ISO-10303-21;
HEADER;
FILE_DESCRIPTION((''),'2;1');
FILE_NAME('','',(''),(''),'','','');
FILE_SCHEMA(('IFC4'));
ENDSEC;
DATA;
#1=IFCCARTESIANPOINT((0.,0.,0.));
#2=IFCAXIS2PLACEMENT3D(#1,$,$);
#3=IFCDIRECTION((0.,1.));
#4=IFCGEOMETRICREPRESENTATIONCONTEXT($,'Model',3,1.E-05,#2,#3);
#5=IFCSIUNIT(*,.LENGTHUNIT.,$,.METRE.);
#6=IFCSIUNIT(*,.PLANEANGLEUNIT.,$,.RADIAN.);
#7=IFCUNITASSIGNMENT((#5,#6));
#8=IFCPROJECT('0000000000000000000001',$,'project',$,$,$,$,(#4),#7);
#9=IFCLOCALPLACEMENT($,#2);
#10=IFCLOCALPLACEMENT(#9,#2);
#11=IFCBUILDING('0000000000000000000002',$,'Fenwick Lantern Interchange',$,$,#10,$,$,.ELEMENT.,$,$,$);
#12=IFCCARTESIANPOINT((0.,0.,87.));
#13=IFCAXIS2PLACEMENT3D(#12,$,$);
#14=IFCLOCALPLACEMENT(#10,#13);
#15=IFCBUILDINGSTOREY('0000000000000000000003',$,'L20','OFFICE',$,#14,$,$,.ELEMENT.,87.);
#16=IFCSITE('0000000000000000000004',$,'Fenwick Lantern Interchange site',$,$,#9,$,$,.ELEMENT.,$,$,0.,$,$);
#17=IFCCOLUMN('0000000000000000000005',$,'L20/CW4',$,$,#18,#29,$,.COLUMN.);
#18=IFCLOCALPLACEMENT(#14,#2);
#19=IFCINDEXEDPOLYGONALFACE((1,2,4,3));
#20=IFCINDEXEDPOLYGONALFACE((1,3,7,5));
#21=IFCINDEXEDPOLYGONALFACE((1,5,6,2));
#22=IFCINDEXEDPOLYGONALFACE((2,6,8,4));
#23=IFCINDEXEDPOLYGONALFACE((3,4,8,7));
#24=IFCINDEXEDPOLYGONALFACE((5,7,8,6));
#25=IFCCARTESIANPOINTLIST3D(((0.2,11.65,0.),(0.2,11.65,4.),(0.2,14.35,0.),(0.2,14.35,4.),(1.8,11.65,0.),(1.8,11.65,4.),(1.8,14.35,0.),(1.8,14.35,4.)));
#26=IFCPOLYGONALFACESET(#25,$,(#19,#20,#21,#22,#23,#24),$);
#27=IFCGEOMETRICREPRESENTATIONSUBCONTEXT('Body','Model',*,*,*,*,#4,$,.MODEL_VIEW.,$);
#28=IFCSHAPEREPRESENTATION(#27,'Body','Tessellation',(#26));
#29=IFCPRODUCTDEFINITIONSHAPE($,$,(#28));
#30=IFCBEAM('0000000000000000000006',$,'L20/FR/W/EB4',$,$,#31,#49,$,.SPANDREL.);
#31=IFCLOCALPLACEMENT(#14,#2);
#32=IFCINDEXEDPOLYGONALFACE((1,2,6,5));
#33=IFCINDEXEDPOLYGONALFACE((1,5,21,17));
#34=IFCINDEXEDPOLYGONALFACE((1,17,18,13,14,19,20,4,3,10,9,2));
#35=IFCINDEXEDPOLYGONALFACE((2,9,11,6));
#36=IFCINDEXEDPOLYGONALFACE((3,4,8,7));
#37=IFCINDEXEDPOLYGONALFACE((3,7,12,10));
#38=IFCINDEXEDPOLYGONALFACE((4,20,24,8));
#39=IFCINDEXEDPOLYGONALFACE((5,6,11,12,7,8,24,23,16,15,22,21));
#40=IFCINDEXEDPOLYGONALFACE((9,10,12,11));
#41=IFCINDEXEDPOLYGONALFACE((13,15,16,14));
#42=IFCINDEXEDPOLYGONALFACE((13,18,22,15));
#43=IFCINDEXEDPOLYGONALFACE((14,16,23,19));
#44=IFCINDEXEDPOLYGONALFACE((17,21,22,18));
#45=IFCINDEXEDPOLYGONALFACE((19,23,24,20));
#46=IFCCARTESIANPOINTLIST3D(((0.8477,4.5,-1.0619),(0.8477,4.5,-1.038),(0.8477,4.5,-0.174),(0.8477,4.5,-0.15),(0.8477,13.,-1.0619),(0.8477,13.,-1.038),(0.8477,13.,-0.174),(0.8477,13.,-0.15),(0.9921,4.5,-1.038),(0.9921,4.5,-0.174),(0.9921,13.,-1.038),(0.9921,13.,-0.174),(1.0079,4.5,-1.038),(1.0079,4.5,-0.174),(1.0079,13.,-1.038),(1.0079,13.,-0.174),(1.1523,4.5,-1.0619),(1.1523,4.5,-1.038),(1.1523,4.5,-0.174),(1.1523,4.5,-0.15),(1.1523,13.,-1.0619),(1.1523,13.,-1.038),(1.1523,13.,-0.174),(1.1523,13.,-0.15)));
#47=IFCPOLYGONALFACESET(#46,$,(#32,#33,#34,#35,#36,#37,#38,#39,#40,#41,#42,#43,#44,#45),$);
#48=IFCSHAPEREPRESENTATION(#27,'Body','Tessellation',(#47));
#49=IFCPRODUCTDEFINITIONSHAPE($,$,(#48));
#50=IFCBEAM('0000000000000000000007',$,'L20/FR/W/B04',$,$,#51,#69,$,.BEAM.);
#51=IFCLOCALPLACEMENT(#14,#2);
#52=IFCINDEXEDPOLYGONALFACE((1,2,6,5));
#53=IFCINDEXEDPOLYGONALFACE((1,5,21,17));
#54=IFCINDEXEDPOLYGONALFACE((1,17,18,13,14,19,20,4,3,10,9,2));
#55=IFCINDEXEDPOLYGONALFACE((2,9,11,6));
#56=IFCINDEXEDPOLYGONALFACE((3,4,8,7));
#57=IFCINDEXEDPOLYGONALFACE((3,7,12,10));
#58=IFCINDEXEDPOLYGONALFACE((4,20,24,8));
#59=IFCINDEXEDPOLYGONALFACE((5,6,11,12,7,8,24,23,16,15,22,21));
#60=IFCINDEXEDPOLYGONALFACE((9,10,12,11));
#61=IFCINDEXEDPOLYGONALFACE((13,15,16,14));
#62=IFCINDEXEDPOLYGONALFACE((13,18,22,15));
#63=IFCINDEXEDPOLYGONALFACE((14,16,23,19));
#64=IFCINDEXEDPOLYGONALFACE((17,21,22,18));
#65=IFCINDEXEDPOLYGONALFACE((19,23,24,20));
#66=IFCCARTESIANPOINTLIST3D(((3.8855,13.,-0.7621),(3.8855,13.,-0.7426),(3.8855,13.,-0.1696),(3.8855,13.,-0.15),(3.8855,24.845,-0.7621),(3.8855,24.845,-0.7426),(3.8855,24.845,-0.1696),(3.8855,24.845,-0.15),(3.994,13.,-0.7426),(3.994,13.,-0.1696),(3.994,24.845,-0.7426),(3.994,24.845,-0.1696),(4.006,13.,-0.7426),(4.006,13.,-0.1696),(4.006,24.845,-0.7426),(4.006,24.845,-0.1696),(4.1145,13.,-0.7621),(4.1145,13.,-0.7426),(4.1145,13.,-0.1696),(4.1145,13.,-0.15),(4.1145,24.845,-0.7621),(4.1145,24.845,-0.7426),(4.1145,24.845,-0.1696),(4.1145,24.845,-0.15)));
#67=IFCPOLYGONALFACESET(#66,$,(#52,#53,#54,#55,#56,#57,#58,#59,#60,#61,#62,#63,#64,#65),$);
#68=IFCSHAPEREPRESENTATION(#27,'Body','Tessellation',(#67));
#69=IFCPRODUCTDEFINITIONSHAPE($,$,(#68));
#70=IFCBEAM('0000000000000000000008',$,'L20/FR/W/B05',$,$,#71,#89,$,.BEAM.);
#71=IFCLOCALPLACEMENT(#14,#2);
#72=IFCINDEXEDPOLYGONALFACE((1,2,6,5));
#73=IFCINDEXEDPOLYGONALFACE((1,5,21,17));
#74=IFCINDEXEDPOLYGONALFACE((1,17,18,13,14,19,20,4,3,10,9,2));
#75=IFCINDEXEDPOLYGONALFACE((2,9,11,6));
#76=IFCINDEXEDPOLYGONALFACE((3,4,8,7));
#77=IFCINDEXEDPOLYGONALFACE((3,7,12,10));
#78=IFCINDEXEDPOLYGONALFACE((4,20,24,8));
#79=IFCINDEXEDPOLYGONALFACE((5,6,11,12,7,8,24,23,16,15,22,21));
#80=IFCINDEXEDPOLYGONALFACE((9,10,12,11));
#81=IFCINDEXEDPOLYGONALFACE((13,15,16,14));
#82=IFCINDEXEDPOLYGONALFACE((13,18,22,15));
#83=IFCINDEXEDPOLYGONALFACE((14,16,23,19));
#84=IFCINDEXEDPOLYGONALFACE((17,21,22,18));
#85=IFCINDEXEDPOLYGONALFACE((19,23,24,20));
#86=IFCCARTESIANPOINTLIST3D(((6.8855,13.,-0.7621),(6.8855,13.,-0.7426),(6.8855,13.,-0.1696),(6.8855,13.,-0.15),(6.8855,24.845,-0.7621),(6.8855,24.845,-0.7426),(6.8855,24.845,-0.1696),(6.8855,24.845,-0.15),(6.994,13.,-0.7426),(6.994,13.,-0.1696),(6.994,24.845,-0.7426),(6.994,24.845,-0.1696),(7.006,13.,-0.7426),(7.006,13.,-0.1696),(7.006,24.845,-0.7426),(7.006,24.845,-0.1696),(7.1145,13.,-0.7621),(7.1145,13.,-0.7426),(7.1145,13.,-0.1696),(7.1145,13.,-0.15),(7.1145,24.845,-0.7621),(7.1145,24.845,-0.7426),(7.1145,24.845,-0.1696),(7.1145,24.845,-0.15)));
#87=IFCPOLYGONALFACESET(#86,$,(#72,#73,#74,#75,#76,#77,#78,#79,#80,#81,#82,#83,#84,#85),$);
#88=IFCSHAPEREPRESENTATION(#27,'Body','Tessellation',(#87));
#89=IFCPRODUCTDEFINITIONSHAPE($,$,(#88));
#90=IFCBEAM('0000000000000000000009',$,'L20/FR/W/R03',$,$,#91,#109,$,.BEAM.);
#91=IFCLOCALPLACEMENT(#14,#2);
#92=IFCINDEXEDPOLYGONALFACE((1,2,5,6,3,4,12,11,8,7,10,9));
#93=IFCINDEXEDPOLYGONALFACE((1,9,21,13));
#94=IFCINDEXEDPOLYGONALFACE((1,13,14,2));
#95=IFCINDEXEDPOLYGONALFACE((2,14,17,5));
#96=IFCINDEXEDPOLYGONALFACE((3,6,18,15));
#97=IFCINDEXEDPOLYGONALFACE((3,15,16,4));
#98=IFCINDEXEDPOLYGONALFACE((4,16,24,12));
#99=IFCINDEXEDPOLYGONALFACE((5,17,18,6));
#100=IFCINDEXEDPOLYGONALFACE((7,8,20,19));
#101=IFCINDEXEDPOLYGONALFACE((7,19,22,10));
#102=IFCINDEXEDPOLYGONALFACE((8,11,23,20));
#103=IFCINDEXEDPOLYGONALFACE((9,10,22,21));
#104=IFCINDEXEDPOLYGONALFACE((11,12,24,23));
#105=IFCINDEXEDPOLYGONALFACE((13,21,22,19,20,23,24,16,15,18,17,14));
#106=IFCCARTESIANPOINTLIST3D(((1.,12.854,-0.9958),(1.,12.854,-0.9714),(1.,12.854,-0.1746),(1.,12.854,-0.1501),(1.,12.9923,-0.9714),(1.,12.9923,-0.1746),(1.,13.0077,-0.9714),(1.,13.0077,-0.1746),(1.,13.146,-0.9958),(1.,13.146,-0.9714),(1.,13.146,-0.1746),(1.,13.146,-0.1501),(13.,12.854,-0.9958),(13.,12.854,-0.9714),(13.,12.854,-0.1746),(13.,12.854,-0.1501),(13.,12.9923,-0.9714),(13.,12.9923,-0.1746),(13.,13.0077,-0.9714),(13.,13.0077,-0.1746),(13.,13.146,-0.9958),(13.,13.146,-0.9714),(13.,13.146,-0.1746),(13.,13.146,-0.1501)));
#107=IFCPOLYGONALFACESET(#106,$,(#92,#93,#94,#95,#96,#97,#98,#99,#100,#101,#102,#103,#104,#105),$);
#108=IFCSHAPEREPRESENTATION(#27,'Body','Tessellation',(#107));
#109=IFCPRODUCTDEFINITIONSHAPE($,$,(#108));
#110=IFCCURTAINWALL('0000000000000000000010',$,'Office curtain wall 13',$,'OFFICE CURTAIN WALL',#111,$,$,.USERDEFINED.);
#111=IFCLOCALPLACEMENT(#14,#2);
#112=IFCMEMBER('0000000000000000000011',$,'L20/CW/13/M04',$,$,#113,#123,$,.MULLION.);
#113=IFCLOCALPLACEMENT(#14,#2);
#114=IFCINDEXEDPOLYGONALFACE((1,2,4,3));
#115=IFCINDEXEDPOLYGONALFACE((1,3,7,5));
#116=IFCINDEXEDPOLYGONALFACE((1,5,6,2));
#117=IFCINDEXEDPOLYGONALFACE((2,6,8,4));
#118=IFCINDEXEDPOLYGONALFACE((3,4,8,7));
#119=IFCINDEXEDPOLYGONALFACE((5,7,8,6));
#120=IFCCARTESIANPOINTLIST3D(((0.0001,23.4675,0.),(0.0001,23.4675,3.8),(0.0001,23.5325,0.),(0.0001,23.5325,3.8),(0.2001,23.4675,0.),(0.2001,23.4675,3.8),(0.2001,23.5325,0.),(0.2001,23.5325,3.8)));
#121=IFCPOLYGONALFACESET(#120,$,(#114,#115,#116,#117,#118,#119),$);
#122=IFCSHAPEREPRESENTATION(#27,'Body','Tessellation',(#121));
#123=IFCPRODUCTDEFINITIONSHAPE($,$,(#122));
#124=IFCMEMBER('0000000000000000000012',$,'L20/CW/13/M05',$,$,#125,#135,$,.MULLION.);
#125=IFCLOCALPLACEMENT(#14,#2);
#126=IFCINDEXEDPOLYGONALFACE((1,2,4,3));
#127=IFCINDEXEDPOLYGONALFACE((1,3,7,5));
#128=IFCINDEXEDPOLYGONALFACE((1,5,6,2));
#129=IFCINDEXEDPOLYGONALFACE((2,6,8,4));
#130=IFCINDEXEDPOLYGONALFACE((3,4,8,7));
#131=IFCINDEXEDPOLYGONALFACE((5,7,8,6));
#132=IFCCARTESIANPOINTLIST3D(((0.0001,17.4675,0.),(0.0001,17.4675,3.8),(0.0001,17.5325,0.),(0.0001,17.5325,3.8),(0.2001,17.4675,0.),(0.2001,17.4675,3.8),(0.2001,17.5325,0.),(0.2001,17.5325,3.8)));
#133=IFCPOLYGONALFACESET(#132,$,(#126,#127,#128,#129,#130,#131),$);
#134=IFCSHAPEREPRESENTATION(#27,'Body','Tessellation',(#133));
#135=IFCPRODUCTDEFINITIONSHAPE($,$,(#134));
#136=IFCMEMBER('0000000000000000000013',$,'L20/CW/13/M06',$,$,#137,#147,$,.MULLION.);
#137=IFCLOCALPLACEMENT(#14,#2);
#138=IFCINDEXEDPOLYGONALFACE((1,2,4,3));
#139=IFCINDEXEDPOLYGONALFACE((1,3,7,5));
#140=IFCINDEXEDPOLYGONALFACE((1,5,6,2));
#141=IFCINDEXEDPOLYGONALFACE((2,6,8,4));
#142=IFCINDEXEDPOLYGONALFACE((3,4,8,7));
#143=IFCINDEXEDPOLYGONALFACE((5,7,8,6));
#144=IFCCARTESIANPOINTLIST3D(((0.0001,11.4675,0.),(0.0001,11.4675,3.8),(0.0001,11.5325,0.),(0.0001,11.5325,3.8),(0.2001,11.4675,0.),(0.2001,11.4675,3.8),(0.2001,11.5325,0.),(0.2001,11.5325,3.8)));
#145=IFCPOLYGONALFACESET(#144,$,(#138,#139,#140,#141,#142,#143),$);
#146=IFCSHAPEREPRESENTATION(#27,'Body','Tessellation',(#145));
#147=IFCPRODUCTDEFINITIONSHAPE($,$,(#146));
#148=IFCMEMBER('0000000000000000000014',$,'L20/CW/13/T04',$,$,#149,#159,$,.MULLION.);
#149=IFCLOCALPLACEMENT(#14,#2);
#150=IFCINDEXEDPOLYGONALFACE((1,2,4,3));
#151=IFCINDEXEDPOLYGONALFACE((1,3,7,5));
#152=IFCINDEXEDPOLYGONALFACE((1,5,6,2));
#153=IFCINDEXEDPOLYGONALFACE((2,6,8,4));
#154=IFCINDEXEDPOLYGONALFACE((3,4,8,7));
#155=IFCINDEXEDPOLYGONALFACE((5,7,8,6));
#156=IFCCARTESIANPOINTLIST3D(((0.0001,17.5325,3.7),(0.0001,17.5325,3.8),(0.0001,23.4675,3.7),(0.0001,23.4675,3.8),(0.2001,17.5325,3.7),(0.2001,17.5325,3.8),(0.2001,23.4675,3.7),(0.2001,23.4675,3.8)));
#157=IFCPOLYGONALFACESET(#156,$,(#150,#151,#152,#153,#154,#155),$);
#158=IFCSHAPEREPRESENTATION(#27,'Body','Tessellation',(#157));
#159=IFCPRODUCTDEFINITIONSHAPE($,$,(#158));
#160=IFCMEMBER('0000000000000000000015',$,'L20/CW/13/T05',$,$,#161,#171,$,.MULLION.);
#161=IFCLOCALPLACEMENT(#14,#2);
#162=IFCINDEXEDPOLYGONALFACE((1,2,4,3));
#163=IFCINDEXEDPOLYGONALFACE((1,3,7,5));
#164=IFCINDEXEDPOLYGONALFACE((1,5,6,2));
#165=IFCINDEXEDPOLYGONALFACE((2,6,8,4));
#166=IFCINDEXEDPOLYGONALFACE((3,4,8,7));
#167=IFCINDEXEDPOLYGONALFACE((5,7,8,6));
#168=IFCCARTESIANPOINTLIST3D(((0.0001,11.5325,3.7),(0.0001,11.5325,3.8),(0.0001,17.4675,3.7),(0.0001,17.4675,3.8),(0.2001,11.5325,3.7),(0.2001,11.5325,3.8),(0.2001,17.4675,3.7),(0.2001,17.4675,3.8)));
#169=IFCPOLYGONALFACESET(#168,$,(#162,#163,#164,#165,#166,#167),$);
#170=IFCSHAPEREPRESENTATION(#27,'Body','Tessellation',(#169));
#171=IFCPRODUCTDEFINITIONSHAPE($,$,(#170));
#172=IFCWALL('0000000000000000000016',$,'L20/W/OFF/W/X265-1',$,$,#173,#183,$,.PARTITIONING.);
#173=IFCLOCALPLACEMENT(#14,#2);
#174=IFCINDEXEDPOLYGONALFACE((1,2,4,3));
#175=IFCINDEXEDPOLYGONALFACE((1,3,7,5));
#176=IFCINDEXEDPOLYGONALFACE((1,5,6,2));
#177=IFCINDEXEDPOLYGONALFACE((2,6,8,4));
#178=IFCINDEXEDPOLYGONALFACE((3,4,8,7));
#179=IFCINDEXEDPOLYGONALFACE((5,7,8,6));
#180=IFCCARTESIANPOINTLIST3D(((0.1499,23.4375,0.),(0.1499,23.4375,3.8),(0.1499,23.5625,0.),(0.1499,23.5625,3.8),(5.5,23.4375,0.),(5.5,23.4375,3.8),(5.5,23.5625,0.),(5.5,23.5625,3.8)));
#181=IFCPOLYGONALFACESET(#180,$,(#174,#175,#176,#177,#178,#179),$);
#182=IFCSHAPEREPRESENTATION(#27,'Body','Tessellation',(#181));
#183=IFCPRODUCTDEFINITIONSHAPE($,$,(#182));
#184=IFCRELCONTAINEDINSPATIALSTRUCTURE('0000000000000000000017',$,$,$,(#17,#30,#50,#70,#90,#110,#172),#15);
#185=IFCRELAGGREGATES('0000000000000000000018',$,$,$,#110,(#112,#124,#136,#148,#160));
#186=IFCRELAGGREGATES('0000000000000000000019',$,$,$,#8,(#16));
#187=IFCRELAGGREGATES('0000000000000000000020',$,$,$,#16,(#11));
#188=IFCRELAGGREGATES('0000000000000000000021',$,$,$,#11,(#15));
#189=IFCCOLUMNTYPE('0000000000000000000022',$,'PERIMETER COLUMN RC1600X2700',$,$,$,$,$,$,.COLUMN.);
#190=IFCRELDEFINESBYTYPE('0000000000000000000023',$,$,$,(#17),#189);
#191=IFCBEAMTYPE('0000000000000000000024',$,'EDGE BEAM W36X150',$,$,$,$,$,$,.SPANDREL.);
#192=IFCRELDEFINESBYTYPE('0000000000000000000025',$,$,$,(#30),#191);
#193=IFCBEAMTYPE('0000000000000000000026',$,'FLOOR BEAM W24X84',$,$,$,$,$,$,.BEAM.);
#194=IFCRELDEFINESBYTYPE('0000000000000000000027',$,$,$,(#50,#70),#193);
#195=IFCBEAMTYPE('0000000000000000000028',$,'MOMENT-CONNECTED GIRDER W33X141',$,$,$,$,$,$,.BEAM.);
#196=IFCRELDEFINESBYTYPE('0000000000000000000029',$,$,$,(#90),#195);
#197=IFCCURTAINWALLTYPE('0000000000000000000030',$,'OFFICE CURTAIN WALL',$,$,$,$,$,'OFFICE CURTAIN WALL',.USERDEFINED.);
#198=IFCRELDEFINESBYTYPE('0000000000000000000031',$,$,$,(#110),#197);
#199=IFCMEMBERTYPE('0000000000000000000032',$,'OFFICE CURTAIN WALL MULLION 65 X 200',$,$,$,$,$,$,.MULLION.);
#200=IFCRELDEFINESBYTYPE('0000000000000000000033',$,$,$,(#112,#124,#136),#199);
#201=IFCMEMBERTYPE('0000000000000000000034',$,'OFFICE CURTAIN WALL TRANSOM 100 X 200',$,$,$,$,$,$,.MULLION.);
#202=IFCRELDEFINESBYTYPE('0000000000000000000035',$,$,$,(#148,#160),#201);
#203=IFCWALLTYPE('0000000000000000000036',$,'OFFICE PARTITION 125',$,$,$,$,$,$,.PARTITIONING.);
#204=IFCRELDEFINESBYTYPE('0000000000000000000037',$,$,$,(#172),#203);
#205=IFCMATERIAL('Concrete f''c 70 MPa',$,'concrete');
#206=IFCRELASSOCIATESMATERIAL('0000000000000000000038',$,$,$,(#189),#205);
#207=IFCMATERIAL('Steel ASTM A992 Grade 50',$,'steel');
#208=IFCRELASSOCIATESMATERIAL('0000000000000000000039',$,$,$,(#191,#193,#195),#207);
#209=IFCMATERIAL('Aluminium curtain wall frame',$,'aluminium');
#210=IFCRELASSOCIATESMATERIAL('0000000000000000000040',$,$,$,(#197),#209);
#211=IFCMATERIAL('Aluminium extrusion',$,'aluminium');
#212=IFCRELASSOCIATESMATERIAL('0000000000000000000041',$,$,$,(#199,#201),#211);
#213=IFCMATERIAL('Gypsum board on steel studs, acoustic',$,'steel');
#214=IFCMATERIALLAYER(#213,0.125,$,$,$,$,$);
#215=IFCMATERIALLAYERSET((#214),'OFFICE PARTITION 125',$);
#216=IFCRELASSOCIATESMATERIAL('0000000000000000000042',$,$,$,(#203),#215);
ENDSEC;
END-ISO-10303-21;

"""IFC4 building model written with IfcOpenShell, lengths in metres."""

from ifc_helpers import new_model, si_unit, direction, frame, frame_2d, origin, origin_2d, place, context, subcontext, project, spatial, rectangle, i_section, extrude, material, layer, layer_set, material_profile, profile_set, type_object, element, aggregate, save


model = new_model("IFC4")

# Units and contexts
model_context = context("Model", 3, precision=1e-05, world=origin(), true_north=direction((0.0, 1.0)))
body_context = subcontext(model_context, "Body", "Model", "MODEL_VIEW")
ifc_project = project(units=[si_unit("LENGTHUNIT", "METRE"), si_unit("PLANEANGLEUNIT", "RADIAN")], contexts=[model_context])

# Site, building, storey
site_placement = place(None, origin())
site = spatial("IfcSite", under=ifc_project, at=site_placement, Name="Fenwick Lantern Interchange site", CompositionType="ELEMENT", RefElevation=0.0)
building_placement = place(site_placement, origin())
building = spatial("IfcBuilding", under=site, at=building_placement, Name="Fenwick Lantern Interchange", CompositionType="ELEMENT")
storey_placement = place(building_placement, frame((0.0, 0.0, 87.0)))
storey = spatial("IfcBuildingStorey", under=building, at=storey_placement, Name="L20", Description="OFFICE", CompositionType="ELEMENT", Elevation=87.0)

# Column
ifc_material_1 = material(Name="Concrete f'c 70 MPa", Category="concrete")
ifc_material_profile_1 = material_profile(ifc_material_1, rectangle(XDim=1.6001, YDim=2.7, at=origin_2d()), Name="RC1600X2700")
ifc_profile_set_1 = profile_set([ifc_material_profile_1], Name="Concrete f'c 70 MPa")
column_type = type_object("IfcColumnType", Name="PERIMETER COLUMN RC1600X2700", PredefinedType="COLUMN", material=ifc_profile_set_1)
column_placement = place(storey_placement, frame((1.0, 13.0, 0.0), z_axis=(0.0, 0.0, 1.0), x_axis=(1.0, 0.0, 0.0)))
element("IfcColumn", 1, at=column_placement, inside=storey, type_object=column_type, Name="L20/CW4", PredefinedType="COLUMN", context=body_context, shape_type="SweptSolid", body=[
    extrude(rectangle(XDim=1.6001, YDim=2.7, at=origin_2d()), origin(), (0.0, 0.0, 1.0), 4.0),
])

# Beams
ifc_material_2 = material(Name="Steel ASTM A992 Grade 50", Category="steel")
ifc_material_profile_2 = material_profile(ifc_material_2, i_section(OverallWidth=0.3047, OverallDepth=0.9119, WebThickness=0.0159, FlangeThickness=0.0239, at=origin_2d()), Name="W36X150")
ifc_profile_set_2 = profile_set([ifc_material_profile_2], Name="Steel ASTM A992 Grade 50")
beam_type_1 = type_object("IfcBeamType", Name="EDGE BEAM W36X150", PredefinedType="SPANDREL", material=ifc_profile_set_2)
beam_1_placement = place(storey_placement, frame((1.0, 13.0, -0.606), z_axis=(0.0, -1.0, 0.0), x_axis=(1.0, 0.0, 0.0)))
element("IfcBeam", 2, at=beam_1_placement, inside=storey, type_object=beam_type_1, Name="L20/FR/W/EB4", PredefinedType="SPANDREL", context=body_context, shape_type="SweptSolid", body=[
    extrude(i_section(OverallWidth=0.3047, OverallDepth=0.9119, WebThickness=0.0159, FlangeThickness=0.0239, at=origin_2d()), origin(), (0.0, 0.0, 1.0), 8.5),
])
ifc_material_profile_3 = material_profile(ifc_material_2, i_section(OverallWidth=0.229, OverallDepth=0.6121, WebThickness=0.012, FlangeThickness=0.0195, at=origin_2d()), Name="W24X84")
ifc_profile_set_3 = profile_set([ifc_material_profile_3], Name="Steel ASTM A992 Grade 50")
beam_type_2 = type_object("IfcBeamType", Name="FLOOR BEAM W24X84", PredefinedType="BEAM", material=ifc_profile_set_3)
for number, where, z_axis, x_axis, name in (
    (3, (4.0, 24.845, -0.4561), (0.0, -1.0, 0.0), (1.0, 0.0, 0.0), "L20/FR/W/B04"),
    (4, (7.0, 24.845, -0.4561), (0.0, -1.0, 0.0), (1.0, 0.0, 0.0), "L20/FR/W/B05"),
):
    element("IfcBeam", number, at=place(storey_placement, frame(where, z_axis=z_axis, x_axis=x_axis)), inside=storey, type_object=beam_type_2, Name=name, PredefinedType="BEAM", context=body_context, shape_type="SweptSolid", body=[
        extrude(i_section(OverallWidth=0.229, OverallDepth=0.6121, WebThickness=0.012, FlangeThickness=0.0195, at=origin_2d()), origin(), (0.0, 0.0, 1.0), 11.845),
    ])
ifc_material_profile_4 = material_profile(ifc_material_2, i_section(OverallWidth=0.292, OverallDepth=0.8457, WebThickness=0.0154, FlangeThickness=0.0244, at=origin_2d()), Name="W33X141")
ifc_profile_set_4 = profile_set([ifc_material_profile_4], Name="Steel ASTM A992 Grade 50")
beam_type_3 = type_object("IfcBeamType", Name="MOMENT-CONNECTED GIRDER W33X141", PredefinedType="BEAM", material=ifc_profile_set_4)
beam_2_placement = place(storey_placement, frame((1.0, 13.0, -0.573), z_axis=(1.0, 0.0, 0.0), x_axis=(0.0, 1.0, 0.0)))
element("IfcBeam", 5, at=beam_2_placement, inside=storey, type_object=beam_type_3, Name="L20/FR/W/R03", PredefinedType="BEAM", context=body_context, shape_type="SweptSolid", body=[
    extrude(i_section(OverallWidth=0.292, OverallDepth=0.8457, WebThickness=0.0154, FlangeThickness=0.0244, at=origin_2d()), origin(), (0.0, 0.0, 1.0), 12.0),
])

# Curtain wall, members
ifc_material_3 = material(Name="Aluminium curtain wall frame", Category="aluminium")
curtain_wall_type = type_object("IfcCurtainWallType", Name="OFFICE CURTAIN WALL", ElementType="OFFICE CURTAIN WALL", PredefinedType="USERDEFINED", material=ifc_material_3)
curtain_wall_placement = place(storey_placement, origin())
curtain_wall = element("IfcCurtainWall", 6, at=curtain_wall_placement, inside=storey, type_object=curtain_wall_type, Name="Office curtain wall 13", ObjectType="OFFICE CURTAIN WALL", PredefinedType="USERDEFINED")
ifc_material_4 = material(Name="Aluminium extrusion", Category="aluminium")
ifc_material_profile_5 = material_profile(ifc_material_4, rectangle(XDim=0.2, YDim=0.0649, at=origin_2d()), Name="OFFICE CURTAIN WALL MULLION 65 X 200")
ifc_profile_set_5 = profile_set([ifc_material_profile_5], Name="Aluminium extrusion")
member_type_1 = type_object("IfcMemberType", Name="OFFICE CURTAIN WALL MULLION 65 X 200", PredefinedType="MULLION", material=ifc_profile_set_5)
member_1_placement = place(storey_placement, frame((0.1001, 23.5, 0.0), z_axis=(0.0, 0.0, 1.0), x_axis=(1.0, 0.0, 0.0)))
member_1 = element("IfcMember", 7, at=member_1_placement, type_object=member_type_1, Name="L20/CW/13/M04", PredefinedType="MULLION", context=body_context, shape_type="SweptSolid", body=[
    extrude(rectangle(XDim=0.2, YDim=0.0649, at=origin_2d()), origin(), (0.0, 0.0, 1.0), 3.8),
])
member_2_placement = place(storey_placement, frame((0.1001, 17.5, 0.0), z_axis=(0.0, 0.0, 1.0), x_axis=(1.0, 0.0, 0.0)))
member_2 = element("IfcMember", 8, at=member_2_placement, type_object=member_type_1, Name="L20/CW/13/M05", PredefinedType="MULLION", context=body_context, shape_type="SweptSolid", body=[
    extrude(rectangle(XDim=0.2, YDim=0.0649, at=origin_2d()), origin(), (0.0, 0.0, 1.0), 3.8),
])
member_3_placement = place(storey_placement, frame((0.1001, 11.5, 0.0), z_axis=(0.0, 0.0, 1.0), x_axis=(1.0, 0.0, 0.0)))
member_3 = element("IfcMember", 9, at=member_3_placement, type_object=member_type_1, Name="L20/CW/13/M06", PredefinedType="MULLION", context=body_context, shape_type="SweptSolid", body=[
    extrude(rectangle(XDim=0.2, YDim=0.0649, at=origin_2d()), origin(), (0.0, 0.0, 1.0), 3.8),
])
ifc_material_profile_6 = material_profile(ifc_material_4, rectangle(XDim=0.2, YDim=0.1001, at=origin_2d()), Name="OFFICE CURTAIN WALL TRANSOM 100 X 200")
ifc_profile_set_6 = profile_set([ifc_material_profile_6], Name="Aluminium extrusion")
member_type_2 = type_object("IfcMemberType", Name="OFFICE CURTAIN WALL TRANSOM 100 X 200", PredefinedType="MULLION", material=ifc_profile_set_6)
member_4_placement = place(storey_placement, frame((0.1001, 23.4675, 3.75), z_axis=(0.0, -1.0, 0.0), x_axis=(1.0, 0.0, 0.0)))
member_4 = element("IfcMember", 10, at=member_4_placement, type_object=member_type_2, Name="L20/CW/13/T04", PredefinedType="MULLION", context=body_context, shape_type="SweptSolid", body=[
    extrude(rectangle(XDim=0.2, YDim=0.1001, at=origin_2d()), origin(), (0.0, 0.0, 1.0), 5.9351),
])
member_5_placement = place(storey_placement, frame((0.1001, 17.4675, 3.75), z_axis=(0.0, -1.0, 0.0), x_axis=(1.0, 0.0, 0.0)))
member_5 = element("IfcMember", 11, at=member_5_placement, type_object=member_type_2, Name="L20/CW/13/T05", PredefinedType="MULLION", context=body_context, shape_type="SweptSolid", body=[
    extrude(rectangle(XDim=0.2, YDim=0.1001, at=origin_2d()), origin(), (0.0, 0.0, 1.0), 5.9351),
])
aggregate(curtain_wall, [member_1, member_2, member_3, member_4, member_5])

# Wall
ifc_material_5 = material(Name="Gypsum board on steel studs, acoustic", Category="steel")
ifc_layer_1 = layer(ifc_material_5, 0.125)
ifc_layer_set_1 = layer_set([ifc_layer_1], Name="OFFICE PARTITION 125")
wall_type_1 = type_object("IfcWallType", Name="OFFICE PARTITION 125", PredefinedType="PARTITIONING", material=ifc_layer_set_1)
for number, where, z_axis, x_axis, name in (
    (12, (0.1499, 23.5, 0.0), (0.0, 0.0, 1.0), (1.0, 0.0, 0.0), "L20/W/OFF/W/X265-1"),
):
    element("IfcWall", number, at=place(storey_placement, frame(where, z_axis=z_axis, x_axis=x_axis)), inside=storey, type_object=wall_type_1, Name=name, PredefinedType="PARTITIONING", context=body_context, shape_type="SweptSolid", body=[
        extrude(rectangle(XDim=5.3501, YDim=0.125, at=frame_2d((2.675, 0.0))), origin(), (0.0, 0.0, 1.0), 3.8),
    ])

save(model, "model.ifc")
